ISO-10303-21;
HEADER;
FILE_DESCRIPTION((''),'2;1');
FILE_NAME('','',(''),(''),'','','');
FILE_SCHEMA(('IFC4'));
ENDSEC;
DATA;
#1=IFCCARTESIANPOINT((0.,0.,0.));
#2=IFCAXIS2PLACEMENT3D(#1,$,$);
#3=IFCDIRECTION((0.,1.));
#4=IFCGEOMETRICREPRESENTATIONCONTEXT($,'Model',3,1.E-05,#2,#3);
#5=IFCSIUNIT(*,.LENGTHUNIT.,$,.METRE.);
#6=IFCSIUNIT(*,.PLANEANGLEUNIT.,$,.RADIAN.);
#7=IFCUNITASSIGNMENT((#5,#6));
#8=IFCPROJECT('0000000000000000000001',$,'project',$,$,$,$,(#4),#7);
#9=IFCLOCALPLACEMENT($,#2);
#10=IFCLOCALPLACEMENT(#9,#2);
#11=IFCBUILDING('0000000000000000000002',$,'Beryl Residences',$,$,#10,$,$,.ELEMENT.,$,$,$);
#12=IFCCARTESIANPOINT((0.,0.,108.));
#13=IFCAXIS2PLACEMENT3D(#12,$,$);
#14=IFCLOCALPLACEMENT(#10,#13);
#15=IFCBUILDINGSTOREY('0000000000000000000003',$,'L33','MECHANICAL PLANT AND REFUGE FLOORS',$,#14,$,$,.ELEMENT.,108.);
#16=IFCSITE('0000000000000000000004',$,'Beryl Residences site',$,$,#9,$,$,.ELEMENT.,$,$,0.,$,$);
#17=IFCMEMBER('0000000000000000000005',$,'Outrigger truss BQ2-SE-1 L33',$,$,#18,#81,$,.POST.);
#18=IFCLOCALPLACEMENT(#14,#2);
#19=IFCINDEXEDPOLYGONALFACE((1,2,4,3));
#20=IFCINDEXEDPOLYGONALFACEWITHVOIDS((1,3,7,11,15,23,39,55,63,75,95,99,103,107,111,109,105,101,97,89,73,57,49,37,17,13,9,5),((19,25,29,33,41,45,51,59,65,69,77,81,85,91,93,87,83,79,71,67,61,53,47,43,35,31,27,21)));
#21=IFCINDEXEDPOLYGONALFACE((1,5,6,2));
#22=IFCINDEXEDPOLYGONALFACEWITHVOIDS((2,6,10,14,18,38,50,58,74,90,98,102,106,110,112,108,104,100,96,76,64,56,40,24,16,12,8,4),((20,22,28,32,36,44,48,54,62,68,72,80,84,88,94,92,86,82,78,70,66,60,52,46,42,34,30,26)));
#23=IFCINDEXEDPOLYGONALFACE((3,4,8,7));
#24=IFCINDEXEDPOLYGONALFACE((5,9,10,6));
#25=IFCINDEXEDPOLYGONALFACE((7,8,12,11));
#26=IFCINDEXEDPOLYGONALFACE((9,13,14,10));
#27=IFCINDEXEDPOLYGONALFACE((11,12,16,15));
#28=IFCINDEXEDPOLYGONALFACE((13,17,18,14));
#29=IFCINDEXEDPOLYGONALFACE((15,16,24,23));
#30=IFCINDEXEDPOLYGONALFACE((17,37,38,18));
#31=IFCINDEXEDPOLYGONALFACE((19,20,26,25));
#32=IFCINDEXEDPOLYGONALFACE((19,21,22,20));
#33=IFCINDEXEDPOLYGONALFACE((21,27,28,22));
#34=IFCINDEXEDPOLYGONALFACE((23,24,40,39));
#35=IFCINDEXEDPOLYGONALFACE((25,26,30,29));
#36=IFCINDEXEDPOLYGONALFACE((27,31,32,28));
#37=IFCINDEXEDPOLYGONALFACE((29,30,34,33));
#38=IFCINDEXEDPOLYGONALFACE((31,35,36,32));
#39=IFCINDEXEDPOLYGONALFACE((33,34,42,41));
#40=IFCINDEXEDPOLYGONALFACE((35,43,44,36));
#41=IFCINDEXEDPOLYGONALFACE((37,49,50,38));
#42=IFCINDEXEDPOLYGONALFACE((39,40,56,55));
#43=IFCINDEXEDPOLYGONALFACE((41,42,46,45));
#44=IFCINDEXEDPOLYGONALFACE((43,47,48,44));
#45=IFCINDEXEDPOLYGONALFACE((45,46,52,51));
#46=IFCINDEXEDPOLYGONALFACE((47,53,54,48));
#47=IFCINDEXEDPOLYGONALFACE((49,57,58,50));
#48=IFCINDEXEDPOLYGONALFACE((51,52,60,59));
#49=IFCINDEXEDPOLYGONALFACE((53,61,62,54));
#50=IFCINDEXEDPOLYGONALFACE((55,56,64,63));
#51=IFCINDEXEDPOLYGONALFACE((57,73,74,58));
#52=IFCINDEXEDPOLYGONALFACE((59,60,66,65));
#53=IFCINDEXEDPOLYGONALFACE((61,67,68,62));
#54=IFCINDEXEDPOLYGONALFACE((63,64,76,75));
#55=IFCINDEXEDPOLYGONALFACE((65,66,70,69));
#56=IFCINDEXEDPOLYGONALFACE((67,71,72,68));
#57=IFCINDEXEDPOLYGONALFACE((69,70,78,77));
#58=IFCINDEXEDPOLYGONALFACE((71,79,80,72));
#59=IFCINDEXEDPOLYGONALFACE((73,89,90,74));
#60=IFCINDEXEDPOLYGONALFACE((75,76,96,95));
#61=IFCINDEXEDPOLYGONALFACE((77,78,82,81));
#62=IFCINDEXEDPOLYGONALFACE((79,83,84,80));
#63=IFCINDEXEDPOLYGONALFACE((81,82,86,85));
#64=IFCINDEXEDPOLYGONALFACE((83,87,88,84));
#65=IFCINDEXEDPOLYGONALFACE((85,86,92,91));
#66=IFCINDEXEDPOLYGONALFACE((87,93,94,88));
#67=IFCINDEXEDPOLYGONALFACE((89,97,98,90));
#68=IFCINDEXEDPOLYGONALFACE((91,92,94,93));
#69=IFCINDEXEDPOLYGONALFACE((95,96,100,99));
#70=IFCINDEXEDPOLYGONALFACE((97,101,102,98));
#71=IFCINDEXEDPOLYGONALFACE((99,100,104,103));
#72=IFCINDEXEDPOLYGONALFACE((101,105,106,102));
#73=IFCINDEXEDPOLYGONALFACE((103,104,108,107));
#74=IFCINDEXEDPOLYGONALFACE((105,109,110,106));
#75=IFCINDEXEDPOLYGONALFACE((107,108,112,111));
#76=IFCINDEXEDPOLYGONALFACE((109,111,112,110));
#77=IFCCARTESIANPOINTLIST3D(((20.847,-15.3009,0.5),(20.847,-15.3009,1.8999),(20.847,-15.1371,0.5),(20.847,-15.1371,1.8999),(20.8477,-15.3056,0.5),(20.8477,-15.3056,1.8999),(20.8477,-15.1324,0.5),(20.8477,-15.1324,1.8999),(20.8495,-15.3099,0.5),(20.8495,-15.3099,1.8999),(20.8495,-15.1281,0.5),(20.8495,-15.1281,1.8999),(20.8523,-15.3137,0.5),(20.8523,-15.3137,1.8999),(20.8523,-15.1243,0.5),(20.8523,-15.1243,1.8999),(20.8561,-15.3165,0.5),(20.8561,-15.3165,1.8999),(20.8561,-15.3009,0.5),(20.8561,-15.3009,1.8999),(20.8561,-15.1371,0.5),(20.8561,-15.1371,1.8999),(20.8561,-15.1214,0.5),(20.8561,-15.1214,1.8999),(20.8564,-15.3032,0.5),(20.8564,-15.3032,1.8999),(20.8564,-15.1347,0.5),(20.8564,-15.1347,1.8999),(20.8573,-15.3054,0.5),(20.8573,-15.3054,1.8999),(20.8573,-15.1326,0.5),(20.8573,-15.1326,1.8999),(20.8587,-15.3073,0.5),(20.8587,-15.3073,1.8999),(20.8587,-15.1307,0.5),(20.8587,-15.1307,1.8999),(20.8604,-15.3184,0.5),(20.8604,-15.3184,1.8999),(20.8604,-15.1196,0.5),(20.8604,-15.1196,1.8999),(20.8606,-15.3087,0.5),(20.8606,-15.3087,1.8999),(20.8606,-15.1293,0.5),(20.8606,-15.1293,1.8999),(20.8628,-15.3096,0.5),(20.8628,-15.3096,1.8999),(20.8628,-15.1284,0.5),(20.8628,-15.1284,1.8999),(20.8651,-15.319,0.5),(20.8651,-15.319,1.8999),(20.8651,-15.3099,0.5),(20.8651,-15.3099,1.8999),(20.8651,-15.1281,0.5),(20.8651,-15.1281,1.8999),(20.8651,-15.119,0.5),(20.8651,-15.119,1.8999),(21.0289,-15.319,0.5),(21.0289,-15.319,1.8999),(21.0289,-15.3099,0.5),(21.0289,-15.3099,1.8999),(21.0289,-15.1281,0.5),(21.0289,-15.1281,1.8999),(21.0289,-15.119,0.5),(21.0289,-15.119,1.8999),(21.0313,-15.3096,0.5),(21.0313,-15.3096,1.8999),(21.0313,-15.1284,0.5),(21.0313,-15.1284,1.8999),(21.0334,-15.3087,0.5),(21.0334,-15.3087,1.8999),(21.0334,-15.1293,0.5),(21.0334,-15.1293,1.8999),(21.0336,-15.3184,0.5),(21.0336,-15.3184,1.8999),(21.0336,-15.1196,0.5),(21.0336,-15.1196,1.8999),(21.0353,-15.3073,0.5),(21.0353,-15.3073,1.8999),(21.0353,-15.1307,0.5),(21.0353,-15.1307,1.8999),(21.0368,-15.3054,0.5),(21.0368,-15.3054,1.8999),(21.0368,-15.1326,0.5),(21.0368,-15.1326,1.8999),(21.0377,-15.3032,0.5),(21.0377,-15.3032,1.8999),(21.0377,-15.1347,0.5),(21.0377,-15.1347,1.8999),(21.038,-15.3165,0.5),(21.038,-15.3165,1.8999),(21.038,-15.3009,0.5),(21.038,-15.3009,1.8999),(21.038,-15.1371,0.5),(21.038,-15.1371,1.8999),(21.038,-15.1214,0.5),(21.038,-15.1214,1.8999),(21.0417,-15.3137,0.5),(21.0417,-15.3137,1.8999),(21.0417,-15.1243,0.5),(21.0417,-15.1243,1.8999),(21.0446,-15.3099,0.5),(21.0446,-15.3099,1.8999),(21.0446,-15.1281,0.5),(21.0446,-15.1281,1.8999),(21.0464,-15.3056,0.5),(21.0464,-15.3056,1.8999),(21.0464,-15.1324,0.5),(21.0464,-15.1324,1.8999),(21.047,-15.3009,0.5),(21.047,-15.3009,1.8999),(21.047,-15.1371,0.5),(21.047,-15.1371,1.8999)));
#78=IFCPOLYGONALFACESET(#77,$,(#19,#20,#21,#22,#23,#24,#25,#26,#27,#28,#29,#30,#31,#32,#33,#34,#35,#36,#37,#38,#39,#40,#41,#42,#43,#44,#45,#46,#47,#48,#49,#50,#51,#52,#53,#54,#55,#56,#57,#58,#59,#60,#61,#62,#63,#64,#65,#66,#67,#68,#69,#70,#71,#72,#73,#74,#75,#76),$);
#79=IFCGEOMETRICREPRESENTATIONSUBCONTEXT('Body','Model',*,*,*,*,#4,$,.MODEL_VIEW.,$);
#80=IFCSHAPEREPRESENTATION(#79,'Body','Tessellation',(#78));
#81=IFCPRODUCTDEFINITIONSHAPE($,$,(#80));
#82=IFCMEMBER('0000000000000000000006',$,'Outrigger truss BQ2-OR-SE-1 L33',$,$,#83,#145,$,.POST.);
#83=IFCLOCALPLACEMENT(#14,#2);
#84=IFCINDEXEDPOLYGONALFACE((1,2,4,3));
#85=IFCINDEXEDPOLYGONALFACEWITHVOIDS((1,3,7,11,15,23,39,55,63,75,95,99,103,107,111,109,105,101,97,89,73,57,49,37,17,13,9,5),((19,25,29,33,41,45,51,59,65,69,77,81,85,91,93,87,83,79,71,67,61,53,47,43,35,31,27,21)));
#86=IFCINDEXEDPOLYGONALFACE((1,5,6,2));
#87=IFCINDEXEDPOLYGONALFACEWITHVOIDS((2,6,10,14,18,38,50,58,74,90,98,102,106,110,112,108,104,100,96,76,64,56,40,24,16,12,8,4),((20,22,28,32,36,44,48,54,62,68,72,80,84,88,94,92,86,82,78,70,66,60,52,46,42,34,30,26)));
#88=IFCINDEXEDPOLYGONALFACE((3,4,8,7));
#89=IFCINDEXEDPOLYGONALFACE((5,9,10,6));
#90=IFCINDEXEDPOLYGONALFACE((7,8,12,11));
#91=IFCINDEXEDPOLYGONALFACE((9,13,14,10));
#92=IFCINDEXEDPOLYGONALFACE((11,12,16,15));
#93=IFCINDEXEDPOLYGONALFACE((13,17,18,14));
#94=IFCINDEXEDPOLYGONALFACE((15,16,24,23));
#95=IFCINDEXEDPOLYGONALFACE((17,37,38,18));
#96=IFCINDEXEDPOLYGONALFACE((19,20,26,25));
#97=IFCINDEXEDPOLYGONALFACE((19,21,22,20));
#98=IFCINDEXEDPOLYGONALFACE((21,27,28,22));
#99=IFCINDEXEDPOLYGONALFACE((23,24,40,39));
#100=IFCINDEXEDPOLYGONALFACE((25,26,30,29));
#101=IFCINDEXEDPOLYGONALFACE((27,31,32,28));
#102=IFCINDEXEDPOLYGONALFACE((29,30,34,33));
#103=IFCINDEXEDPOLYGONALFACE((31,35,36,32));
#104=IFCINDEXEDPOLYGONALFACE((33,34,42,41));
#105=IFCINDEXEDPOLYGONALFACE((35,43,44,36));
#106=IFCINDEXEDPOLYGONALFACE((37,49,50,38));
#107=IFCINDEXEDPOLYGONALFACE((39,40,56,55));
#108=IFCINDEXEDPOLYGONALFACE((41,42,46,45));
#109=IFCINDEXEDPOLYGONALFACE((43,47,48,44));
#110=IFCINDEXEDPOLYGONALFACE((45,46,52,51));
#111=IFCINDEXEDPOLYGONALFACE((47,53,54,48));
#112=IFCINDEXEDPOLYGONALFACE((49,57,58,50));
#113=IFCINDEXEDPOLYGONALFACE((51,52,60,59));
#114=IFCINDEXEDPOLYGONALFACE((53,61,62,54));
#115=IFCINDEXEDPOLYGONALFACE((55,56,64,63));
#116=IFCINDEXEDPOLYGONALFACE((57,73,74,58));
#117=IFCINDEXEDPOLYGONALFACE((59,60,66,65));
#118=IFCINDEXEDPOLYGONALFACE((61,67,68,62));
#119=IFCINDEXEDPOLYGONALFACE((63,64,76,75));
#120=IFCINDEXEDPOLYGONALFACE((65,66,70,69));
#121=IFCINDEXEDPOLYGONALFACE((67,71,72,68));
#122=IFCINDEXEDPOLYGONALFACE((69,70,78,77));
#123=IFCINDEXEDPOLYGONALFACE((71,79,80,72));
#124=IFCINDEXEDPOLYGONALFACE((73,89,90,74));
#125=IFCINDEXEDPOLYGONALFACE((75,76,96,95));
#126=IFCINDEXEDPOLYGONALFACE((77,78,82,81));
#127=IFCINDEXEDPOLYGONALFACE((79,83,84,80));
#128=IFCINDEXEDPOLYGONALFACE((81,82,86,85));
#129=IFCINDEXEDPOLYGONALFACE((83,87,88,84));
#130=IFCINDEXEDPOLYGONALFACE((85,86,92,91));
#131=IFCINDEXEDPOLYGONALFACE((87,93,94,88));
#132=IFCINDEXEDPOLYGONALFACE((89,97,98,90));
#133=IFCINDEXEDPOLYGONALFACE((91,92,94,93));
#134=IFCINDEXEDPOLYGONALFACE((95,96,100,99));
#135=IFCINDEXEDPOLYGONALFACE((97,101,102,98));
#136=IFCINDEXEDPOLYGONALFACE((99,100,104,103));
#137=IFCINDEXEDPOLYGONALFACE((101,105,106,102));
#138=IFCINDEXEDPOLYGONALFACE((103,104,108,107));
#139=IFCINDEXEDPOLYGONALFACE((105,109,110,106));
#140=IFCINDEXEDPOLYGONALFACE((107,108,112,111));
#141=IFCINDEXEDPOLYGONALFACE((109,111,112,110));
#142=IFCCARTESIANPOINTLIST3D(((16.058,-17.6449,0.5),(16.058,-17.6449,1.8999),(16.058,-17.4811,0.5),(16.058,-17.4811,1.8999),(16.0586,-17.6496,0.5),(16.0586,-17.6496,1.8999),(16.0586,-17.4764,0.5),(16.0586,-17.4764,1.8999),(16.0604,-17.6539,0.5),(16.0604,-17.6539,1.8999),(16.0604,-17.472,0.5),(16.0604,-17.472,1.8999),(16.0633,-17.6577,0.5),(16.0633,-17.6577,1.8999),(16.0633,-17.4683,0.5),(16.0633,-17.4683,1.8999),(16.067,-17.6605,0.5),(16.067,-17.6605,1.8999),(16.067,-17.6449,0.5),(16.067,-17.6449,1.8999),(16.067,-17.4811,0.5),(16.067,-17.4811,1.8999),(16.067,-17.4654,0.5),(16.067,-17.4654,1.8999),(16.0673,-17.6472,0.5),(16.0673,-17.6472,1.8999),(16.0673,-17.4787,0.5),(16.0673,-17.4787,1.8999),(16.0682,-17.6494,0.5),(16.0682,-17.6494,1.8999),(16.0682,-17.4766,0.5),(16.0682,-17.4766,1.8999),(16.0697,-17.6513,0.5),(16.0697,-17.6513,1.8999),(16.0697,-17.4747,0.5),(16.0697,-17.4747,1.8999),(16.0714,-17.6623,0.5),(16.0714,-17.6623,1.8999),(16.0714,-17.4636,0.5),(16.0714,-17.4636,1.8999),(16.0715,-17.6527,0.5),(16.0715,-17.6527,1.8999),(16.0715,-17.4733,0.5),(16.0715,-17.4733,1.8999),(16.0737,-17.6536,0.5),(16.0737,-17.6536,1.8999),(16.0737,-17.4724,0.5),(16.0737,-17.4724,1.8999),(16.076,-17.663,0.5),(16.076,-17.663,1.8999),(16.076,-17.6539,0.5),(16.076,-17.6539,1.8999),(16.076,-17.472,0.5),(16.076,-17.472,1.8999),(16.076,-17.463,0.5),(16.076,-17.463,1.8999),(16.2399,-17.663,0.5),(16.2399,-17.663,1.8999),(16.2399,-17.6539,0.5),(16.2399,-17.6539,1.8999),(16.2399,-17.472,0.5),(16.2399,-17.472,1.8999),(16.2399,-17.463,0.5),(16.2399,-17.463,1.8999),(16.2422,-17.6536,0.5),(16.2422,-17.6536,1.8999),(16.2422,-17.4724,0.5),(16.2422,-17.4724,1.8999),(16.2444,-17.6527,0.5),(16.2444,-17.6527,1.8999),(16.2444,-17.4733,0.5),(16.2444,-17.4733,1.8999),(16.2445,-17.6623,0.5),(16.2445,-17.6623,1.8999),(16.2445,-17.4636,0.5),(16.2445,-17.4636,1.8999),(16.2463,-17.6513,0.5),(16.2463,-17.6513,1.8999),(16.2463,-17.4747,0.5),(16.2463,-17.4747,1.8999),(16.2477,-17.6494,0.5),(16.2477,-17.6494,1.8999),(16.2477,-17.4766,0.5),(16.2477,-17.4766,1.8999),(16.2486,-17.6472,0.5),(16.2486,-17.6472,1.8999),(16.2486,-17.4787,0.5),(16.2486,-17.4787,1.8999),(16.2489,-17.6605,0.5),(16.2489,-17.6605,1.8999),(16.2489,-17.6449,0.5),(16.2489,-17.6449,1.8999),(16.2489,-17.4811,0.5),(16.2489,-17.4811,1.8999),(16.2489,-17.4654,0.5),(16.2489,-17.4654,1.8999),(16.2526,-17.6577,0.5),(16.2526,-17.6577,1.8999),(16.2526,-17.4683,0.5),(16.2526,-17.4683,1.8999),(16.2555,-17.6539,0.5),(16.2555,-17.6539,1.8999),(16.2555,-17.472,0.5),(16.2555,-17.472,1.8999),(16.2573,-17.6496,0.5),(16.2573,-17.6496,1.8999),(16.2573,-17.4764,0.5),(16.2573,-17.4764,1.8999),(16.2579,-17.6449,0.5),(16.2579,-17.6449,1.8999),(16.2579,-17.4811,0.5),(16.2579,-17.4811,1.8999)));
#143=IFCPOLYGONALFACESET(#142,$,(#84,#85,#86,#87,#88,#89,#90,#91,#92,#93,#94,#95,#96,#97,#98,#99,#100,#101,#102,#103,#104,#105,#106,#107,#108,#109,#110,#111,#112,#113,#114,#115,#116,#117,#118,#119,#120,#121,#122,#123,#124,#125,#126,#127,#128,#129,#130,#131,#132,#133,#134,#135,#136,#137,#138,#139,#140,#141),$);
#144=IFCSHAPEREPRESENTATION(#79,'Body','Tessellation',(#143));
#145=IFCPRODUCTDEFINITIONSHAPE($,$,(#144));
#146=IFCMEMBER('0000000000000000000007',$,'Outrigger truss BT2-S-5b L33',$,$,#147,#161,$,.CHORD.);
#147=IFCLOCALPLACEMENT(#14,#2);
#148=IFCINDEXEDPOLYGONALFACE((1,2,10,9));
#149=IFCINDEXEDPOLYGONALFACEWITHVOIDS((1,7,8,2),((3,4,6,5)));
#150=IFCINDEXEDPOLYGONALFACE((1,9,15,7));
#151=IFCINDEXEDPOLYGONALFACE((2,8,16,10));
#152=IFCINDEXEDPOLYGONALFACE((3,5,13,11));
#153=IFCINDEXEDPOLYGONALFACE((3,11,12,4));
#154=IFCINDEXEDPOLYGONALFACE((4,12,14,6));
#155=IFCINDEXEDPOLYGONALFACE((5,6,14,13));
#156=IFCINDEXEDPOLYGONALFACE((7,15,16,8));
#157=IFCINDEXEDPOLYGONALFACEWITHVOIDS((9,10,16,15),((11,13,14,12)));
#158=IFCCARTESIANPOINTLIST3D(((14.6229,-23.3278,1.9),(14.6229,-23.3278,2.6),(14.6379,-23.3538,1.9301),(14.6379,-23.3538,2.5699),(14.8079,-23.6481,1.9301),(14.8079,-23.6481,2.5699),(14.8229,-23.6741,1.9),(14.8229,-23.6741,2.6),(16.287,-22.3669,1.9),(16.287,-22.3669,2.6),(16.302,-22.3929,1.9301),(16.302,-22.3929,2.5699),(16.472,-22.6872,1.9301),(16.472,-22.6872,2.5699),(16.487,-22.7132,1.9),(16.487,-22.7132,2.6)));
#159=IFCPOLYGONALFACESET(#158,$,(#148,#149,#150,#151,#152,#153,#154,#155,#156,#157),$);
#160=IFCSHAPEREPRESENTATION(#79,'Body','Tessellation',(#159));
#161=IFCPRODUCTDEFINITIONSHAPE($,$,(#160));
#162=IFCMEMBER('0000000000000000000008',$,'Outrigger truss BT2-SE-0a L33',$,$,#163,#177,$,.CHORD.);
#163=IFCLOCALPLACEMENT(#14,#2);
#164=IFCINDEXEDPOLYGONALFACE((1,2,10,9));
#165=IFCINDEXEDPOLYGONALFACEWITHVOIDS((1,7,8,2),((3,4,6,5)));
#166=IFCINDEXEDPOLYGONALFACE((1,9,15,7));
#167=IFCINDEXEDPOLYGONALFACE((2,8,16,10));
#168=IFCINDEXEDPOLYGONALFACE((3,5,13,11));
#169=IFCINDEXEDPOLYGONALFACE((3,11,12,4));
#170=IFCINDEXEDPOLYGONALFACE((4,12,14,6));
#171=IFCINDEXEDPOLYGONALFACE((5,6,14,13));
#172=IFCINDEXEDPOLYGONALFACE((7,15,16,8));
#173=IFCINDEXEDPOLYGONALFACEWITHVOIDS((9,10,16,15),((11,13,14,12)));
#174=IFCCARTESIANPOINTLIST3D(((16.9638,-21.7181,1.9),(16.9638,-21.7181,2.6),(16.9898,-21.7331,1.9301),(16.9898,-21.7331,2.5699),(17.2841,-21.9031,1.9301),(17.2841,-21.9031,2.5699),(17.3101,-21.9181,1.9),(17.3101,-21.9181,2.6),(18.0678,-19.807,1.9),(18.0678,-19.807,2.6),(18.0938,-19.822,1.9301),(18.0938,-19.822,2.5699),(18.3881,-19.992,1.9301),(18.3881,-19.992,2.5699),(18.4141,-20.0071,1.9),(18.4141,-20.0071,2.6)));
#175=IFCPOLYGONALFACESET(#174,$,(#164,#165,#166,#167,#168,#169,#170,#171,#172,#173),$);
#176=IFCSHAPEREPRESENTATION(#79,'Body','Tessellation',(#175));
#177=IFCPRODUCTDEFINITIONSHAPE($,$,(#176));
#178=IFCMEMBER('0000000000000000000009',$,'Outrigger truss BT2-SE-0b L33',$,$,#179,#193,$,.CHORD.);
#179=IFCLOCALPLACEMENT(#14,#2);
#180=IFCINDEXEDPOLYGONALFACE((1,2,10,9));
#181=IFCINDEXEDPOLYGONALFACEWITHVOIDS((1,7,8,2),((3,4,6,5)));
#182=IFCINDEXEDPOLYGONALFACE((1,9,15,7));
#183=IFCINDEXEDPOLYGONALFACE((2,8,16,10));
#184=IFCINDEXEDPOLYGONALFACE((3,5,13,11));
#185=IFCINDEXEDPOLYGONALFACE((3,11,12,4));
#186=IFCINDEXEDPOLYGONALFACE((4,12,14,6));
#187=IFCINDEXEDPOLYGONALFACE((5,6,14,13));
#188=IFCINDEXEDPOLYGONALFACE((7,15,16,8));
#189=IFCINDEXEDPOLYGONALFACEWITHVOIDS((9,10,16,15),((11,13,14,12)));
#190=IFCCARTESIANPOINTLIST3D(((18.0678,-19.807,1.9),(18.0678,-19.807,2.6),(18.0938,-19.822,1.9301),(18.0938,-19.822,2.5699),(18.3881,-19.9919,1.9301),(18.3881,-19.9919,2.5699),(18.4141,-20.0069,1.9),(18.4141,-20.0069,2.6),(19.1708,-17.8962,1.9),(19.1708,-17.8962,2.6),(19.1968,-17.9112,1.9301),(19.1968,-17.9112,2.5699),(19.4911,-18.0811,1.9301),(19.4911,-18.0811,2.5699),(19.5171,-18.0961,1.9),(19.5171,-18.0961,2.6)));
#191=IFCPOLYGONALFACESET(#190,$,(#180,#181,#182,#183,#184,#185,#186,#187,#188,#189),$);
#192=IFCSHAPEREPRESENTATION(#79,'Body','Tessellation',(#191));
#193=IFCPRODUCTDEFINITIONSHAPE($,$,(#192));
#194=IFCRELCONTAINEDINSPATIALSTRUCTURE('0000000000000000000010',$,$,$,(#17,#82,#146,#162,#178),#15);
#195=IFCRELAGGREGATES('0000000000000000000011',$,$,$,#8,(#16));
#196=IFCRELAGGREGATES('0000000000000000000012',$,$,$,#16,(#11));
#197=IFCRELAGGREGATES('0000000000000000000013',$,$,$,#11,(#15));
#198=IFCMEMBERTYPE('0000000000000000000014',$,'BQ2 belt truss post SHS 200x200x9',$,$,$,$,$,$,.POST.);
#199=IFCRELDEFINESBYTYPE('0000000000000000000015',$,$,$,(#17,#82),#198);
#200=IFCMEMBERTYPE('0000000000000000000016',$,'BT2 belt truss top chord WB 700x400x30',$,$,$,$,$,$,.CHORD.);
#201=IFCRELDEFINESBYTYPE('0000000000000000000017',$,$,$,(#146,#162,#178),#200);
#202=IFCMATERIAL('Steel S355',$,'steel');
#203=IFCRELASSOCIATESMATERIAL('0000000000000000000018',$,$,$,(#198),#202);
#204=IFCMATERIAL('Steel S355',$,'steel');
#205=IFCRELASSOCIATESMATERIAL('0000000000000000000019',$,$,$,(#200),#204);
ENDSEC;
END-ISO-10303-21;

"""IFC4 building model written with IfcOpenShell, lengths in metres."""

from ifc_helpers import new_model, si_unit, direction, frame, origin, origin_2d, place, context, subcontext, project, spatial, hollow_rectangle, extrude, material, material_profile, profile_set, type_object, element, save


model = new_model("IFC4")

# Units and contexts
model_context = context("Model", 3, precision=1e-05, world=origin(), true_north=direction((0.0, 1.0)))
body_context = subcontext(model_context, "Body", "Model", "MODEL_VIEW")
ifc_project = project(units=[si_unit("LENGTHUNIT", "METRE"), si_unit("PLANEANGLEUNIT", "RADIAN")], contexts=[model_context])

# Site, building, storey
site_placement = place(None, origin())
site = spatial("IfcSite", under=ifc_project, at=site_placement, Name="Beryl Residences site", CompositionType="ELEMENT", RefElevation=0.0)
building_placement = place(site_placement, origin())
building = spatial("IfcBuilding", under=site, at=building_placement, Name="Beryl Residences", CompositionType="ELEMENT")
storey_placement = place(building_placement, frame((0.0, 0.0, 108.0)))
storey = spatial("IfcBuildingStorey", under=building, at=storey_placement, Name="L33", Description="MECHANICAL PLANT AND REFUGE FLOORS", CompositionType="ELEMENT", Elevation=108.0)

# Members
ifc_material_1 = material(Name="Steel S355", Category="steel")
ifc_material_profile_1 = material_profile(ifc_material_1, hollow_rectangle(XDim=0.2, YDim=0.2, WallThickness=0.009, InnerFilletRadius=0.009, OuterFilletRadius=0.0181, at=origin_2d()))
ifc_profile_set_1 = profile_set([ifc_material_profile_1], Name="Steel S355")
member_type_1 = type_object("IfcMemberType", Name="BQ2 belt truss post SHS 200x200x9", PredefinedType="POST", material=ifc_profile_set_1)
for number, where, z_axis, x_axis, name in (
    (1, (20.947, -15.219, 0.5), (0.0, 0.0, 1.0), (1.0, 0.0, 0.0), "Outrigger truss BQ2-SE-1 L33"),
    (2, (16.158, -17.563, 0.5), (0.0, 0.0, 1.0), (1.0, 0.0, 0.0), "Outrigger truss BQ2-OR-SE-1 L33"),
):
    element("IfcMember", number, at=place(storey_placement, frame(where, z_axis=z_axis, x_axis=x_axis)), inside=storey, type_object=member_type_1, Name=name, PredefinedType="POST", context=body_context, shape_type="SweptSolid", body=[
        extrude(hollow_rectangle(XDim=0.2, YDim=0.2, WallThickness=0.009, InnerFilletRadius=0.009, OuterFilletRadius=0.0181, at=origin_2d()), origin(), (0.0, 0.0, 1.0), 1.3999),
    ])
ifc_material_2 = material(Name="Steel S355", Category="steel")
ifc_material_profile_2 = material_profile(ifc_material_2, hollow_rectangle(XDim=0.3999, YDim=0.7, WallThickness=0.03, at=origin_2d()))
ifc_profile_set_2 = profile_set([ifc_material_profile_2], Name="Steel S355")
member_type_2 = type_object("IfcMemberType", Name="BT2 belt truss top chord WB 700x400x30", PredefinedType="CHORD", material=ifc_profile_set_2)
member_1_placement = place(storey_placement, frame((14.7229, -23.501, 2.25), z_axis=(0.865982, 0.500074, 0.0), x_axis=(-0.500074, 0.865982, 0.0)))
element("IfcMember", 3, at=member_1_placement, inside=storey, type_object=member_type_2, Name="Outrigger truss BT2-S-5b L33", PredefinedType="CHORD", context=body_context, shape_type="SweptSolid", body=[
    extrude(hollow_rectangle(XDim=0.3999, YDim=0.7, WallThickness=0.03, at=origin_2d()), origin(), (0.0, 0.0, 1.0), 1.9216),
])
member_2_placement = place(storey_placement, frame((17.137, -21.8181, 2.25), z_axis=(0.500208, 0.865906, 0.0), x_axis=(-0.865906, 0.500208, 0.0)))
element("IfcMember", 4, at=member_2_placement, inside=storey, type_object=member_type_2, Name="Outrigger truss BT2-SE-0a L33", PredefinedType="CHORD", context=body_context, shape_type="SweptSolid", body=[
    extrude(hollow_rectangle(XDim=0.3999, YDim=0.7, WallThickness=0.03, at=origin_2d()), origin(), (0.0, 0.0, 1.0), 2.207),
])
for number, where, z_axis, x_axis, name in (
    (5, (18.241, -19.907, 2.25), (0.499924, 0.86607, 0.0), (-0.86607, 0.499924, 0.0), "Outrigger truss BT2-SE-0b L33"),
):
    element("IfcMember", number, at=place(storey_placement, frame(where, z_axis=z_axis, x_axis=x_axis)), inside=storey, type_object=member_type_2, Name=name, PredefinedType="CHORD", context=body_context, shape_type="SweptSolid", body=[
        extrude(hollow_rectangle(XDim=0.3999, YDim=0.7, WallThickness=0.03, at=origin_2d()), origin(), (0.0, 0.0, 1.0), 2.2063),
    ])

save(model, "model.ifc")
